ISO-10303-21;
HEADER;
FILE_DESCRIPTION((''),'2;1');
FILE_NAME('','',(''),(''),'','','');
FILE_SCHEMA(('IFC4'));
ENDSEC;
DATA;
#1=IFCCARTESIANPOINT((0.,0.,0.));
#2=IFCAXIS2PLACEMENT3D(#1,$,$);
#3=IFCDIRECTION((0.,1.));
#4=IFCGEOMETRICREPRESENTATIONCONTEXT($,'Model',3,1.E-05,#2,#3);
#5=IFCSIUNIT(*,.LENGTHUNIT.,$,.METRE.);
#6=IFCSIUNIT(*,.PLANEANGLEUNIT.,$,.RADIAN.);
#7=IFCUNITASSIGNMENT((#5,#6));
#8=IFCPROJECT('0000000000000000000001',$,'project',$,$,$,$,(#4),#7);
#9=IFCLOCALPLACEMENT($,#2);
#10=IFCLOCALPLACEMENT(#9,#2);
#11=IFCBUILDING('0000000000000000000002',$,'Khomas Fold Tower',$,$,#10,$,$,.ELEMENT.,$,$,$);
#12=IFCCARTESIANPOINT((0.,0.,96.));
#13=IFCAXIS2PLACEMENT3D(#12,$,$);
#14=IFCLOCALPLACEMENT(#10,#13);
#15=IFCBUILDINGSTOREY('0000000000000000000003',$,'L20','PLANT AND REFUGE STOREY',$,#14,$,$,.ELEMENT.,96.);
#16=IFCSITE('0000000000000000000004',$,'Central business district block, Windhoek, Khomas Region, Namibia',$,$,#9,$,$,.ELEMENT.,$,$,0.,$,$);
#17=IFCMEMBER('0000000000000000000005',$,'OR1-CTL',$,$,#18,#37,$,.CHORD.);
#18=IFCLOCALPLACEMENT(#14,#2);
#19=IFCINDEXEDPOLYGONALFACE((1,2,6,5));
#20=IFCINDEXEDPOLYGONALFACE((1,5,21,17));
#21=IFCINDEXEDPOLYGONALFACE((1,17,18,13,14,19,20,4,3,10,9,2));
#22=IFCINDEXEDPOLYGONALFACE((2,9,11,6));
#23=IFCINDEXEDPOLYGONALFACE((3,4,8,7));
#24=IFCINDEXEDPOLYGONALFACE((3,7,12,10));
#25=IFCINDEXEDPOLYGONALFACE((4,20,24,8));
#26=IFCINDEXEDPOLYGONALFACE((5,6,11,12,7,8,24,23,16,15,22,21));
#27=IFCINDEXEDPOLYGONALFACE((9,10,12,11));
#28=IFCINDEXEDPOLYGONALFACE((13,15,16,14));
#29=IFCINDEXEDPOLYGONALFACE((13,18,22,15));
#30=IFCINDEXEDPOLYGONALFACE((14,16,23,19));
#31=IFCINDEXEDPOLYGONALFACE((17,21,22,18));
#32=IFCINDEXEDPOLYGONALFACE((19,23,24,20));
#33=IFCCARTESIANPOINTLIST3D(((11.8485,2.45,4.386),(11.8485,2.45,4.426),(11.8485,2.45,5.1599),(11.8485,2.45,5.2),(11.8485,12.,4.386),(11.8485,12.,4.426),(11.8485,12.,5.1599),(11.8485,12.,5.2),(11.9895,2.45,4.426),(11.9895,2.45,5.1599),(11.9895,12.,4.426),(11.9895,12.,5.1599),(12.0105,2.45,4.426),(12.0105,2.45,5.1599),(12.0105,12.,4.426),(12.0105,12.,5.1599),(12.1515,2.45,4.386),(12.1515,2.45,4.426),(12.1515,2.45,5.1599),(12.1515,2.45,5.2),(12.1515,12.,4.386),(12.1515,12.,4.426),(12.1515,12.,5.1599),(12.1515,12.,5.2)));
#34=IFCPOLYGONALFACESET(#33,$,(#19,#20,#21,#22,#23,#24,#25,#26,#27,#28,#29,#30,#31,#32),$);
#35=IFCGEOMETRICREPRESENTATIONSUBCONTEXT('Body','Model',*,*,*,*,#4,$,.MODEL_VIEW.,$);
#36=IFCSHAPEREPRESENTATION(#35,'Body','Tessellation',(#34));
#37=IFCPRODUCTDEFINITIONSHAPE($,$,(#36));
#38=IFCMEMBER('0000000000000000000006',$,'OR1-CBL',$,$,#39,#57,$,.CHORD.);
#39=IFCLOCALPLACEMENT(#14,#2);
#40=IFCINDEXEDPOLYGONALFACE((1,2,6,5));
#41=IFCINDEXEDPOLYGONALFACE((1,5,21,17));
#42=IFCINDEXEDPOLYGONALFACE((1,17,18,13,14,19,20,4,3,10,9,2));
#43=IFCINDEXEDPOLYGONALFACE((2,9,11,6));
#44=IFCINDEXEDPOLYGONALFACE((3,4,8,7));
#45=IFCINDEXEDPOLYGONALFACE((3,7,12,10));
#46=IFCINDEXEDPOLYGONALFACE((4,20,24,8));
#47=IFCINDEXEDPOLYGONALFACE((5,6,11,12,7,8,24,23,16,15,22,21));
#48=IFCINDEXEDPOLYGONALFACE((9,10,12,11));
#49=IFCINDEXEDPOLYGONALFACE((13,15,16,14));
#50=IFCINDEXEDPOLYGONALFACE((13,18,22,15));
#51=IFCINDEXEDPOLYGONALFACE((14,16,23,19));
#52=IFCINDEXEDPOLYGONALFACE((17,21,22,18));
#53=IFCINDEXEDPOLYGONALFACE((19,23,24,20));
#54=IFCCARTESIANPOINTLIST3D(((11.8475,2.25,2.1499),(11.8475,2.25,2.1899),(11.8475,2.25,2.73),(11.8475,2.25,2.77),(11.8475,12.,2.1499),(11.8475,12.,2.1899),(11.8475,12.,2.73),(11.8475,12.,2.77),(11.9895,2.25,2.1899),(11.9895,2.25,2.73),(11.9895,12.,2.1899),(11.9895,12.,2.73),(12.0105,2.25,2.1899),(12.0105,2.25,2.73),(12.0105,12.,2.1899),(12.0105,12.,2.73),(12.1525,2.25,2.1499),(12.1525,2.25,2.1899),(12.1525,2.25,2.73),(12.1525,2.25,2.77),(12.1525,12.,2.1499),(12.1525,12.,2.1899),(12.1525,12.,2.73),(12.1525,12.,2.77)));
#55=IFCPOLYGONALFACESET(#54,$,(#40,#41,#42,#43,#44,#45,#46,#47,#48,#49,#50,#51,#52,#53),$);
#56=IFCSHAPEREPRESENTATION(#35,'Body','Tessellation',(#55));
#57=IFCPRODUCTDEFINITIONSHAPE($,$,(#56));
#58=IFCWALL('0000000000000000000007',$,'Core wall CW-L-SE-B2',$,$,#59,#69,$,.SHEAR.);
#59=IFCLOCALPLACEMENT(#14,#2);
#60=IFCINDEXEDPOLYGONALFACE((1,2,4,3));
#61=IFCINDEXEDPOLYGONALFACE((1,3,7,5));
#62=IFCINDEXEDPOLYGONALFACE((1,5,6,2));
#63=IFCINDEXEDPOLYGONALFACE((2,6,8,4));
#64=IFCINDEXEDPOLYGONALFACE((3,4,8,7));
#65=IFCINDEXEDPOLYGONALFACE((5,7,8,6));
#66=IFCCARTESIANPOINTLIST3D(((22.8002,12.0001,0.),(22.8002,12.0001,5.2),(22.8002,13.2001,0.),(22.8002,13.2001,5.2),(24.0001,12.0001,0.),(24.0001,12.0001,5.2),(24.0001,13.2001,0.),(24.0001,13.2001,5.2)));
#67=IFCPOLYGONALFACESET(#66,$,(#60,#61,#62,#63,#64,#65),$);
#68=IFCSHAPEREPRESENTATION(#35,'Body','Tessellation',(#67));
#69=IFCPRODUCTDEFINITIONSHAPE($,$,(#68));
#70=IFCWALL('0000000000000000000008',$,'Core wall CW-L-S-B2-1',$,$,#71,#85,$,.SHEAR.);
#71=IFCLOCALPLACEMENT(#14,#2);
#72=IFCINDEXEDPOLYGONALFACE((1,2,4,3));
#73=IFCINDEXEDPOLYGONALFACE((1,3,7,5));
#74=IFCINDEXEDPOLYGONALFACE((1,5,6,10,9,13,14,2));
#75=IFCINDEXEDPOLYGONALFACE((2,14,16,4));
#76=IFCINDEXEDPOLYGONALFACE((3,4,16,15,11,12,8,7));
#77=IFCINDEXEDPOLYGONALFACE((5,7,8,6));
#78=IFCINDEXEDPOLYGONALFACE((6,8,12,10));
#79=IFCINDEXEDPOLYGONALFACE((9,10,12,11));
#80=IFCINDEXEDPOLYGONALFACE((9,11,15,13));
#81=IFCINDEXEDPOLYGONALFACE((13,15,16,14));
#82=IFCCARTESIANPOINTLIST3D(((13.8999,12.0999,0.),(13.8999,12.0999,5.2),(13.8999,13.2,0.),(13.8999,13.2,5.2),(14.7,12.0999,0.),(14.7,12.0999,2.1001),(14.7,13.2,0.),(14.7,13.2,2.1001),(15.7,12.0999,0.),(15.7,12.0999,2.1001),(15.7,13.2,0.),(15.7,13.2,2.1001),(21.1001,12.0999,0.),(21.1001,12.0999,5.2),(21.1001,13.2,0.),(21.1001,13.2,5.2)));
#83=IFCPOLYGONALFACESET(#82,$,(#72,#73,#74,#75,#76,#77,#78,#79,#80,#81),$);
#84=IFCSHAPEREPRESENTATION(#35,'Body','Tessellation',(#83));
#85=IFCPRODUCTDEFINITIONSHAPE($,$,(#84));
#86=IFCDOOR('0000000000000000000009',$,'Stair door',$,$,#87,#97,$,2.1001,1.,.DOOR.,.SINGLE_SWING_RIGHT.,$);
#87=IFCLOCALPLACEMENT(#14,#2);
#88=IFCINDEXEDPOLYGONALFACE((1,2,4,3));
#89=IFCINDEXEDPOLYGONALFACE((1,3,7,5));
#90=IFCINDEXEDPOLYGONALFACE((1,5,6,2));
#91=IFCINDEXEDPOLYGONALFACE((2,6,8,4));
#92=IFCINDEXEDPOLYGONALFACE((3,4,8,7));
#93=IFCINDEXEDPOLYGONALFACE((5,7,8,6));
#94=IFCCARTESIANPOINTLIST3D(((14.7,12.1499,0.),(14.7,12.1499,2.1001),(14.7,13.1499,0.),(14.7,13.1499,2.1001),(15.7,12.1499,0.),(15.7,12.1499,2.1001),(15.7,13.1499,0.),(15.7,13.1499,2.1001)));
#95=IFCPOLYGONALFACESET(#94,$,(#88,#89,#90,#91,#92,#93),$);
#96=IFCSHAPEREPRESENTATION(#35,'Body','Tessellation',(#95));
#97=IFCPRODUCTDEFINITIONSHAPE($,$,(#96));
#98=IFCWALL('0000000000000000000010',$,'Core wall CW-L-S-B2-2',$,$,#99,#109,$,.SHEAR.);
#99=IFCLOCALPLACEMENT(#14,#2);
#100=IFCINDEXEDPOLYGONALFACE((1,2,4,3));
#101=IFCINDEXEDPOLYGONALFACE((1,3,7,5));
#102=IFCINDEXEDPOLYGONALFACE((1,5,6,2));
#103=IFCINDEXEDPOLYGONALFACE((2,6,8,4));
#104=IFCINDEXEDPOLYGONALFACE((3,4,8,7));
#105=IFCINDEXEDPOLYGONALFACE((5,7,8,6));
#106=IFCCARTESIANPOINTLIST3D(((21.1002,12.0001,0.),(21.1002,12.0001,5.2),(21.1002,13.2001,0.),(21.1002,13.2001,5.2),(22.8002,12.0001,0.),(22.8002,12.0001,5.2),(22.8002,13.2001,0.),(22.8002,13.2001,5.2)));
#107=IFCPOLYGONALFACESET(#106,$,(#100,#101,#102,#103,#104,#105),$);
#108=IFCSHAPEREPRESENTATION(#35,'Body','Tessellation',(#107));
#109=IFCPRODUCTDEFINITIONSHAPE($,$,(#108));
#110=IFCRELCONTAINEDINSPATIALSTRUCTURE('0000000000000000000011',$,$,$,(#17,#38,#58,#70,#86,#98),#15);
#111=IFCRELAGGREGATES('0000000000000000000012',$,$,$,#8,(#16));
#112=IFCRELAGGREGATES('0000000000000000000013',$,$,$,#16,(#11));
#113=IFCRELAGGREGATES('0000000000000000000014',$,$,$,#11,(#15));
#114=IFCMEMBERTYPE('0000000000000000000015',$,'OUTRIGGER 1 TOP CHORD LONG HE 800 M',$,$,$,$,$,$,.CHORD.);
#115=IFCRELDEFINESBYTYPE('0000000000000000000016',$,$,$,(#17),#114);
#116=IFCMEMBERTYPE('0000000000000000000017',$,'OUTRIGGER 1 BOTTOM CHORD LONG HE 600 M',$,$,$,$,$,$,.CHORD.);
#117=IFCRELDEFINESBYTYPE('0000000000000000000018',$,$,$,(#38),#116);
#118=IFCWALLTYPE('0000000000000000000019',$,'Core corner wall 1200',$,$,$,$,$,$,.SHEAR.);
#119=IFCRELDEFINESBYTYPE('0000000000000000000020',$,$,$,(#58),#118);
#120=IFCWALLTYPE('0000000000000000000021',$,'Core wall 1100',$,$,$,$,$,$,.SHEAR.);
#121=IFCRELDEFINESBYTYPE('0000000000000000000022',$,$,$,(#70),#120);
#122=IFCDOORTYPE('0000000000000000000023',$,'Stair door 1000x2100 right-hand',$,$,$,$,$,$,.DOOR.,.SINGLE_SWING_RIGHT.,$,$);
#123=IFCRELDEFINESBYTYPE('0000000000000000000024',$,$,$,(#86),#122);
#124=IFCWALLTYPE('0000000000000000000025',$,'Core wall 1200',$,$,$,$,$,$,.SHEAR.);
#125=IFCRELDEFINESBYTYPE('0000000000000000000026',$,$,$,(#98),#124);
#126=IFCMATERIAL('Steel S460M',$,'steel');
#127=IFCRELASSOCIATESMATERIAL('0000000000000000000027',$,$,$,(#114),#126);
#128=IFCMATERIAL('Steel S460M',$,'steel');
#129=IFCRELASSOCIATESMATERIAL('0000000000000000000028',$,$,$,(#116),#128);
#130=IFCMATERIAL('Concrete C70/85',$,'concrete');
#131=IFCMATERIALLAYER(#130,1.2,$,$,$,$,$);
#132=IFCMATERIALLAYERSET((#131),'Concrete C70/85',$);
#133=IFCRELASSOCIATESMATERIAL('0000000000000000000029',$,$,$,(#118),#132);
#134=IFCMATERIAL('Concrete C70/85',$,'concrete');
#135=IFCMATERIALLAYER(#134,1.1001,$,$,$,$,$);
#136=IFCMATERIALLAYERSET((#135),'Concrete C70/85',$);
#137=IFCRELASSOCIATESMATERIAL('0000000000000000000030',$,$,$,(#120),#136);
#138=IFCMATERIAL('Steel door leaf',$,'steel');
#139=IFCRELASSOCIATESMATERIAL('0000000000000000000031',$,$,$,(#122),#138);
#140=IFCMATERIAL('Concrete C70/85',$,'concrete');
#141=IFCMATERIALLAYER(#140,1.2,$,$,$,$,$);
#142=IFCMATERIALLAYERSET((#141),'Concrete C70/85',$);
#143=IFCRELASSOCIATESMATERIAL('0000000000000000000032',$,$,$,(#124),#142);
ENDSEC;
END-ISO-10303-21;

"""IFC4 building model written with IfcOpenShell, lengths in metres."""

from ifc_helpers import new_model, si_unit, direction, frame, frame_2d, origin, origin_2d, place, context, subcontext, project, spatial, rectangle, i_section, extrude, source, transform, mapped, material, layer, layer_set, material_profile, profile_set, type_object, element, fill, save


model = new_model("IFC4")

# Units and contexts
model_context = context("Model", 3, precision=1e-05, world=origin(), true_north=direction((0.0, 1.0)))
body_context = subcontext(model_context, "Body", "Model", "MODEL_VIEW")
ifc_project = project(units=[si_unit("LENGTHUNIT", "METRE"), si_unit("PLANEANGLEUNIT", "RADIAN")], contexts=[model_context])

# Site, building, storey
site_placement = place(None, origin())
site = spatial("IfcSite", under=ifc_project, at=site_placement, Name="Central business district block, Windhoek, Khomas Region, Namibia", CompositionType="ELEMENT", RefElevation=0.0)
building_placement = place(site_placement, origin())
building = spatial("IfcBuilding", under=site, at=building_placement, Name="Khomas Fold Tower", CompositionType="ELEMENT")
storey_placement = place(building_placement, frame((0.0, 0.0, 96.0)))
storey = spatial("IfcBuildingStorey", under=building, at=storey_placement, Name="L20", Description="PLANT AND REFUGE STOREY", CompositionType="ELEMENT", Elevation=96.0)

# Members
ifc_material_1 = material(Name="Steel S460M", Category="steel")
ifc_material_profile_1 = material_profile(ifc_material_1, i_section(OverallWidth=0.303, OverallDepth=0.814, WebThickness=0.021, FlangeThickness=0.04, at=origin_2d()), Name="HE 800 M")
ifc_profile_set_1 = profile_set([ifc_material_profile_1], Name="Steel S460M")
member_type_1 = type_object("IfcMemberType", Name="OUTRIGGER 1 TOP CHORD LONG HE 800 M", PredefinedType="CHORD", material=ifc_profile_set_1)
shared_shape_1 = source(origin(), body_context, "Body", "SweptSolid", [
    extrude(i_section(OverallWidth=0.303, OverallDepth=0.814, WebThickness=0.021, FlangeThickness=0.04, at=origin_2d()), origin(), (0.0, 0.0, 1.0), 9.55),
])
member_1_placement = place(storey_placement, frame((12.0, 12.0, 4.793), z_axis=(0.0, -1.0, 0.0), x_axis=(1.0, 0.0, 0.0)))
element("IfcMember", 1, at=member_1_placement, inside=storey, type_object=member_type_1, Name="OR1-CTL", PredefinedType="CHORD", context=body_context, shape_type="MappedRepresentation", body=[
    mapped(shared_shape_1, transform((0.0, 0.0, 0.0))),
])
ifc_material_2 = material(Name="Steel S460M", Category="steel")
ifc_material_profile_2 = material_profile(ifc_material_2, i_section(OverallWidth=0.3049, OverallDepth=0.6201, WebThickness=0.021, FlangeThickness=0.04, at=origin_2d()), Name="HE 600 M")
ifc_profile_set_2 = profile_set([ifc_material_profile_2], Name="Steel S460M")
member_type_2 = type_object("IfcMemberType", Name="OUTRIGGER 1 BOTTOM CHORD LONG HE 600 M", PredefinedType="CHORD", material=ifc_profile_set_2)
shared_shape_2 = source(origin(), body_context, "Body", "SweptSolid", [
    extrude(i_section(OverallWidth=0.3049, OverallDepth=0.6201, WebThickness=0.021, FlangeThickness=0.04, at=origin_2d()), origin(), (0.0, 0.0, 1.0), 9.75),
])
member_2_placement = place(storey_placement, frame((12.0, 12.0, 2.46), z_axis=(0.0, -1.0, 0.0), x_axis=(1.0, 0.0, 0.0)))
element("IfcMember", 2, at=member_2_placement, inside=storey, type_object=member_type_2, Name="OR1-CBL", PredefinedType="CHORD", context=body_context, shape_type="MappedRepresentation", body=[
    mapped(shared_shape_2, transform((0.0, 0.0, 0.0))),
])

# Wall
ifc_material_3 = material(Name="Concrete C70/85", Category="concrete")
ifc_layer_1 = layer(ifc_material_3, 1.2)
ifc_layer_set_1 = layer_set([ifc_layer_1], Name="Concrete C70/85")
wall_type_1 = type_object("IfcWallType", Name="Core corner wall 1200", PredefinedType="SHEAR", material=ifc_layer_set_1)
shared_shape_3 = source(origin(), body_context, "Body", "SweptSolid", [
    extrude(rectangle(XDim=1.2, YDim=1.2, at=frame_2d((0.6001, 0.0))), origin(), (0.0, 0.0, 1.0), 5.2),
])
wall_1_placement = place(storey_placement, frame((22.8, 12.6001, 0.0), z_axis=(0.0, 0.0, 1.0), x_axis=(1.0, 0.0, 0.0)))
element("IfcWall", 3, at=wall_1_placement, inside=storey, type_object=wall_type_1, Name="Core wall CW-L-SE-B2", PredefinedType="SHEAR", context=body_context, shape_type="MappedRepresentation", body=[
    mapped(shared_shape_3, transform((0.0, 0.0, 0.0))),
])

# Wall, opening, door
ifc_material_4 = material(Name="Concrete C70/85", Category="concrete")
ifc_layer_2 = layer(ifc_material_4, 1.1001)
ifc_layer_set_2 = layer_set([ifc_layer_2], Name="Concrete C70/85")
wall_type_2 = type_object("IfcWallType", Name="Core wall 1100", PredefinedType="SHEAR", material=ifc_layer_set_2)
shared_shape_4 = source(origin(), body_context, "Body", "SweptSolid", [
    extrude(rectangle(XDim=7.2002, YDim=1.1001, at=frame_2d((3.6001, 0.0))), origin(), (0.0, 0.0, 1.0), 5.2),
])
wall_2_placement = place(storey_placement, frame((13.8999, 12.6499, 0.0), z_axis=(0.0, 0.0, 1.0), x_axis=(1.0, 0.0, 0.0)))
wall_2 = element("IfcWall", 4, at=wall_2_placement, inside=storey, type_object=wall_type_2, Name="Core wall CW-L-S-B2-1", PredefinedType="SHEAR", context=body_context, shape_type="MappedRepresentation", body=[
    mapped(shared_shape_4, transform((0.0, 0.0, 0.0))),
])
shared_shape_5 = source(origin(), body_context, "Body", "SweptSolid", [
    extrude(rectangle(XDim=1.0, YDim=2.1001, at=frame_2d((0.5, 1.05))), frame((0.0, 0.5601, 0.0), z_axis=(0.0, -1.0, 0.0), x_axis=(1.0, 0.0, 0.0)), (0.0, 0.0, 1.0), 1.1201),
])
opening_1_placement = place(wall_2_placement, frame((0.8, 0.0, 0.0)))
opening_1 = element("IfcOpeningElement", 5, at=opening_1_placement, cuts=wall_2, PredefinedType="OPENING", context=body_context, shape_type="MappedRepresentation", body=[
    mapped(shared_shape_5, transform((0.0, 0.0, 0.0))),
])
ifc_material_5 = material(Name="Steel door leaf", Category="steel")
door_type_1 = type_object("IfcDoorType", Name="Stair door 1000x2100 right-hand", OperationType="SINGLE_SWING_RIGHT", PredefinedType="DOOR", material=ifc_material_5)
shared_shape_6 = source(origin(), body_context, "Body", "SweptSolid", [
    extrude(rectangle(XDim=1.0, YDim=2.1001, at=frame_2d((0.5, 1.05))), frame((0.0, 0.5, 0.0), z_axis=(0.0, -1.0, 0.0), x_axis=(1.0, 0.0, 0.0)), (0.0, 0.0, 1.0), 1.0),
])
door_1_placement = place(opening_1_placement, origin())
door_1 = element("IfcDoor", 6, at=door_1_placement, inside=storey, type_object=door_type_1, Name="Stair door", OperationType="SINGLE_SWING_RIGHT", OverallHeight=2.1001, OverallWidth=1.0, PredefinedType="DOOR", context=body_context, shape_type="MappedRepresentation", body=[
    mapped(shared_shape_6, transform((0.0, 0.0, 0.0))),
])
fill(opening_1, door_1)

# Wall
ifc_material_6 = material(Name="Concrete C70/85", Category="concrete")
ifc_layer_3 = layer(ifc_material_6, 1.2)
ifc_layer_set_3 = layer_set([ifc_layer_3], Name="Concrete C70/85")
wall_type_3 = type_object("IfcWallType", Name="Core wall 1200", PredefinedType="SHEAR", material=ifc_layer_set_3)
shared_shape_7 = source(origin(), body_context, "Body", "SweptSolid", [
    extrude(rectangle(XDim=1.7, YDim=1.2, at=frame_2d((0.8501, 0.0))), origin(), (0.0, 0.0, 1.0), 5.2),
])
wall_3_placement = place(storey_placement, frame((21.1001, 12.6001, 0.0), z_axis=(0.0, 0.0, 1.0), x_axis=(1.0, 0.0, 0.0)))
element("IfcWall", 7, at=wall_3_placement, inside=storey, type_object=wall_type_3, Name="Core wall CW-L-S-B2-2", PredefinedType="SHEAR", context=body_context, shape_type="MappedRepresentation", body=[
    mapped(shared_shape_7, transform((0.0, 0.0, 0.0))),
])

save(model, "model.ifc")
